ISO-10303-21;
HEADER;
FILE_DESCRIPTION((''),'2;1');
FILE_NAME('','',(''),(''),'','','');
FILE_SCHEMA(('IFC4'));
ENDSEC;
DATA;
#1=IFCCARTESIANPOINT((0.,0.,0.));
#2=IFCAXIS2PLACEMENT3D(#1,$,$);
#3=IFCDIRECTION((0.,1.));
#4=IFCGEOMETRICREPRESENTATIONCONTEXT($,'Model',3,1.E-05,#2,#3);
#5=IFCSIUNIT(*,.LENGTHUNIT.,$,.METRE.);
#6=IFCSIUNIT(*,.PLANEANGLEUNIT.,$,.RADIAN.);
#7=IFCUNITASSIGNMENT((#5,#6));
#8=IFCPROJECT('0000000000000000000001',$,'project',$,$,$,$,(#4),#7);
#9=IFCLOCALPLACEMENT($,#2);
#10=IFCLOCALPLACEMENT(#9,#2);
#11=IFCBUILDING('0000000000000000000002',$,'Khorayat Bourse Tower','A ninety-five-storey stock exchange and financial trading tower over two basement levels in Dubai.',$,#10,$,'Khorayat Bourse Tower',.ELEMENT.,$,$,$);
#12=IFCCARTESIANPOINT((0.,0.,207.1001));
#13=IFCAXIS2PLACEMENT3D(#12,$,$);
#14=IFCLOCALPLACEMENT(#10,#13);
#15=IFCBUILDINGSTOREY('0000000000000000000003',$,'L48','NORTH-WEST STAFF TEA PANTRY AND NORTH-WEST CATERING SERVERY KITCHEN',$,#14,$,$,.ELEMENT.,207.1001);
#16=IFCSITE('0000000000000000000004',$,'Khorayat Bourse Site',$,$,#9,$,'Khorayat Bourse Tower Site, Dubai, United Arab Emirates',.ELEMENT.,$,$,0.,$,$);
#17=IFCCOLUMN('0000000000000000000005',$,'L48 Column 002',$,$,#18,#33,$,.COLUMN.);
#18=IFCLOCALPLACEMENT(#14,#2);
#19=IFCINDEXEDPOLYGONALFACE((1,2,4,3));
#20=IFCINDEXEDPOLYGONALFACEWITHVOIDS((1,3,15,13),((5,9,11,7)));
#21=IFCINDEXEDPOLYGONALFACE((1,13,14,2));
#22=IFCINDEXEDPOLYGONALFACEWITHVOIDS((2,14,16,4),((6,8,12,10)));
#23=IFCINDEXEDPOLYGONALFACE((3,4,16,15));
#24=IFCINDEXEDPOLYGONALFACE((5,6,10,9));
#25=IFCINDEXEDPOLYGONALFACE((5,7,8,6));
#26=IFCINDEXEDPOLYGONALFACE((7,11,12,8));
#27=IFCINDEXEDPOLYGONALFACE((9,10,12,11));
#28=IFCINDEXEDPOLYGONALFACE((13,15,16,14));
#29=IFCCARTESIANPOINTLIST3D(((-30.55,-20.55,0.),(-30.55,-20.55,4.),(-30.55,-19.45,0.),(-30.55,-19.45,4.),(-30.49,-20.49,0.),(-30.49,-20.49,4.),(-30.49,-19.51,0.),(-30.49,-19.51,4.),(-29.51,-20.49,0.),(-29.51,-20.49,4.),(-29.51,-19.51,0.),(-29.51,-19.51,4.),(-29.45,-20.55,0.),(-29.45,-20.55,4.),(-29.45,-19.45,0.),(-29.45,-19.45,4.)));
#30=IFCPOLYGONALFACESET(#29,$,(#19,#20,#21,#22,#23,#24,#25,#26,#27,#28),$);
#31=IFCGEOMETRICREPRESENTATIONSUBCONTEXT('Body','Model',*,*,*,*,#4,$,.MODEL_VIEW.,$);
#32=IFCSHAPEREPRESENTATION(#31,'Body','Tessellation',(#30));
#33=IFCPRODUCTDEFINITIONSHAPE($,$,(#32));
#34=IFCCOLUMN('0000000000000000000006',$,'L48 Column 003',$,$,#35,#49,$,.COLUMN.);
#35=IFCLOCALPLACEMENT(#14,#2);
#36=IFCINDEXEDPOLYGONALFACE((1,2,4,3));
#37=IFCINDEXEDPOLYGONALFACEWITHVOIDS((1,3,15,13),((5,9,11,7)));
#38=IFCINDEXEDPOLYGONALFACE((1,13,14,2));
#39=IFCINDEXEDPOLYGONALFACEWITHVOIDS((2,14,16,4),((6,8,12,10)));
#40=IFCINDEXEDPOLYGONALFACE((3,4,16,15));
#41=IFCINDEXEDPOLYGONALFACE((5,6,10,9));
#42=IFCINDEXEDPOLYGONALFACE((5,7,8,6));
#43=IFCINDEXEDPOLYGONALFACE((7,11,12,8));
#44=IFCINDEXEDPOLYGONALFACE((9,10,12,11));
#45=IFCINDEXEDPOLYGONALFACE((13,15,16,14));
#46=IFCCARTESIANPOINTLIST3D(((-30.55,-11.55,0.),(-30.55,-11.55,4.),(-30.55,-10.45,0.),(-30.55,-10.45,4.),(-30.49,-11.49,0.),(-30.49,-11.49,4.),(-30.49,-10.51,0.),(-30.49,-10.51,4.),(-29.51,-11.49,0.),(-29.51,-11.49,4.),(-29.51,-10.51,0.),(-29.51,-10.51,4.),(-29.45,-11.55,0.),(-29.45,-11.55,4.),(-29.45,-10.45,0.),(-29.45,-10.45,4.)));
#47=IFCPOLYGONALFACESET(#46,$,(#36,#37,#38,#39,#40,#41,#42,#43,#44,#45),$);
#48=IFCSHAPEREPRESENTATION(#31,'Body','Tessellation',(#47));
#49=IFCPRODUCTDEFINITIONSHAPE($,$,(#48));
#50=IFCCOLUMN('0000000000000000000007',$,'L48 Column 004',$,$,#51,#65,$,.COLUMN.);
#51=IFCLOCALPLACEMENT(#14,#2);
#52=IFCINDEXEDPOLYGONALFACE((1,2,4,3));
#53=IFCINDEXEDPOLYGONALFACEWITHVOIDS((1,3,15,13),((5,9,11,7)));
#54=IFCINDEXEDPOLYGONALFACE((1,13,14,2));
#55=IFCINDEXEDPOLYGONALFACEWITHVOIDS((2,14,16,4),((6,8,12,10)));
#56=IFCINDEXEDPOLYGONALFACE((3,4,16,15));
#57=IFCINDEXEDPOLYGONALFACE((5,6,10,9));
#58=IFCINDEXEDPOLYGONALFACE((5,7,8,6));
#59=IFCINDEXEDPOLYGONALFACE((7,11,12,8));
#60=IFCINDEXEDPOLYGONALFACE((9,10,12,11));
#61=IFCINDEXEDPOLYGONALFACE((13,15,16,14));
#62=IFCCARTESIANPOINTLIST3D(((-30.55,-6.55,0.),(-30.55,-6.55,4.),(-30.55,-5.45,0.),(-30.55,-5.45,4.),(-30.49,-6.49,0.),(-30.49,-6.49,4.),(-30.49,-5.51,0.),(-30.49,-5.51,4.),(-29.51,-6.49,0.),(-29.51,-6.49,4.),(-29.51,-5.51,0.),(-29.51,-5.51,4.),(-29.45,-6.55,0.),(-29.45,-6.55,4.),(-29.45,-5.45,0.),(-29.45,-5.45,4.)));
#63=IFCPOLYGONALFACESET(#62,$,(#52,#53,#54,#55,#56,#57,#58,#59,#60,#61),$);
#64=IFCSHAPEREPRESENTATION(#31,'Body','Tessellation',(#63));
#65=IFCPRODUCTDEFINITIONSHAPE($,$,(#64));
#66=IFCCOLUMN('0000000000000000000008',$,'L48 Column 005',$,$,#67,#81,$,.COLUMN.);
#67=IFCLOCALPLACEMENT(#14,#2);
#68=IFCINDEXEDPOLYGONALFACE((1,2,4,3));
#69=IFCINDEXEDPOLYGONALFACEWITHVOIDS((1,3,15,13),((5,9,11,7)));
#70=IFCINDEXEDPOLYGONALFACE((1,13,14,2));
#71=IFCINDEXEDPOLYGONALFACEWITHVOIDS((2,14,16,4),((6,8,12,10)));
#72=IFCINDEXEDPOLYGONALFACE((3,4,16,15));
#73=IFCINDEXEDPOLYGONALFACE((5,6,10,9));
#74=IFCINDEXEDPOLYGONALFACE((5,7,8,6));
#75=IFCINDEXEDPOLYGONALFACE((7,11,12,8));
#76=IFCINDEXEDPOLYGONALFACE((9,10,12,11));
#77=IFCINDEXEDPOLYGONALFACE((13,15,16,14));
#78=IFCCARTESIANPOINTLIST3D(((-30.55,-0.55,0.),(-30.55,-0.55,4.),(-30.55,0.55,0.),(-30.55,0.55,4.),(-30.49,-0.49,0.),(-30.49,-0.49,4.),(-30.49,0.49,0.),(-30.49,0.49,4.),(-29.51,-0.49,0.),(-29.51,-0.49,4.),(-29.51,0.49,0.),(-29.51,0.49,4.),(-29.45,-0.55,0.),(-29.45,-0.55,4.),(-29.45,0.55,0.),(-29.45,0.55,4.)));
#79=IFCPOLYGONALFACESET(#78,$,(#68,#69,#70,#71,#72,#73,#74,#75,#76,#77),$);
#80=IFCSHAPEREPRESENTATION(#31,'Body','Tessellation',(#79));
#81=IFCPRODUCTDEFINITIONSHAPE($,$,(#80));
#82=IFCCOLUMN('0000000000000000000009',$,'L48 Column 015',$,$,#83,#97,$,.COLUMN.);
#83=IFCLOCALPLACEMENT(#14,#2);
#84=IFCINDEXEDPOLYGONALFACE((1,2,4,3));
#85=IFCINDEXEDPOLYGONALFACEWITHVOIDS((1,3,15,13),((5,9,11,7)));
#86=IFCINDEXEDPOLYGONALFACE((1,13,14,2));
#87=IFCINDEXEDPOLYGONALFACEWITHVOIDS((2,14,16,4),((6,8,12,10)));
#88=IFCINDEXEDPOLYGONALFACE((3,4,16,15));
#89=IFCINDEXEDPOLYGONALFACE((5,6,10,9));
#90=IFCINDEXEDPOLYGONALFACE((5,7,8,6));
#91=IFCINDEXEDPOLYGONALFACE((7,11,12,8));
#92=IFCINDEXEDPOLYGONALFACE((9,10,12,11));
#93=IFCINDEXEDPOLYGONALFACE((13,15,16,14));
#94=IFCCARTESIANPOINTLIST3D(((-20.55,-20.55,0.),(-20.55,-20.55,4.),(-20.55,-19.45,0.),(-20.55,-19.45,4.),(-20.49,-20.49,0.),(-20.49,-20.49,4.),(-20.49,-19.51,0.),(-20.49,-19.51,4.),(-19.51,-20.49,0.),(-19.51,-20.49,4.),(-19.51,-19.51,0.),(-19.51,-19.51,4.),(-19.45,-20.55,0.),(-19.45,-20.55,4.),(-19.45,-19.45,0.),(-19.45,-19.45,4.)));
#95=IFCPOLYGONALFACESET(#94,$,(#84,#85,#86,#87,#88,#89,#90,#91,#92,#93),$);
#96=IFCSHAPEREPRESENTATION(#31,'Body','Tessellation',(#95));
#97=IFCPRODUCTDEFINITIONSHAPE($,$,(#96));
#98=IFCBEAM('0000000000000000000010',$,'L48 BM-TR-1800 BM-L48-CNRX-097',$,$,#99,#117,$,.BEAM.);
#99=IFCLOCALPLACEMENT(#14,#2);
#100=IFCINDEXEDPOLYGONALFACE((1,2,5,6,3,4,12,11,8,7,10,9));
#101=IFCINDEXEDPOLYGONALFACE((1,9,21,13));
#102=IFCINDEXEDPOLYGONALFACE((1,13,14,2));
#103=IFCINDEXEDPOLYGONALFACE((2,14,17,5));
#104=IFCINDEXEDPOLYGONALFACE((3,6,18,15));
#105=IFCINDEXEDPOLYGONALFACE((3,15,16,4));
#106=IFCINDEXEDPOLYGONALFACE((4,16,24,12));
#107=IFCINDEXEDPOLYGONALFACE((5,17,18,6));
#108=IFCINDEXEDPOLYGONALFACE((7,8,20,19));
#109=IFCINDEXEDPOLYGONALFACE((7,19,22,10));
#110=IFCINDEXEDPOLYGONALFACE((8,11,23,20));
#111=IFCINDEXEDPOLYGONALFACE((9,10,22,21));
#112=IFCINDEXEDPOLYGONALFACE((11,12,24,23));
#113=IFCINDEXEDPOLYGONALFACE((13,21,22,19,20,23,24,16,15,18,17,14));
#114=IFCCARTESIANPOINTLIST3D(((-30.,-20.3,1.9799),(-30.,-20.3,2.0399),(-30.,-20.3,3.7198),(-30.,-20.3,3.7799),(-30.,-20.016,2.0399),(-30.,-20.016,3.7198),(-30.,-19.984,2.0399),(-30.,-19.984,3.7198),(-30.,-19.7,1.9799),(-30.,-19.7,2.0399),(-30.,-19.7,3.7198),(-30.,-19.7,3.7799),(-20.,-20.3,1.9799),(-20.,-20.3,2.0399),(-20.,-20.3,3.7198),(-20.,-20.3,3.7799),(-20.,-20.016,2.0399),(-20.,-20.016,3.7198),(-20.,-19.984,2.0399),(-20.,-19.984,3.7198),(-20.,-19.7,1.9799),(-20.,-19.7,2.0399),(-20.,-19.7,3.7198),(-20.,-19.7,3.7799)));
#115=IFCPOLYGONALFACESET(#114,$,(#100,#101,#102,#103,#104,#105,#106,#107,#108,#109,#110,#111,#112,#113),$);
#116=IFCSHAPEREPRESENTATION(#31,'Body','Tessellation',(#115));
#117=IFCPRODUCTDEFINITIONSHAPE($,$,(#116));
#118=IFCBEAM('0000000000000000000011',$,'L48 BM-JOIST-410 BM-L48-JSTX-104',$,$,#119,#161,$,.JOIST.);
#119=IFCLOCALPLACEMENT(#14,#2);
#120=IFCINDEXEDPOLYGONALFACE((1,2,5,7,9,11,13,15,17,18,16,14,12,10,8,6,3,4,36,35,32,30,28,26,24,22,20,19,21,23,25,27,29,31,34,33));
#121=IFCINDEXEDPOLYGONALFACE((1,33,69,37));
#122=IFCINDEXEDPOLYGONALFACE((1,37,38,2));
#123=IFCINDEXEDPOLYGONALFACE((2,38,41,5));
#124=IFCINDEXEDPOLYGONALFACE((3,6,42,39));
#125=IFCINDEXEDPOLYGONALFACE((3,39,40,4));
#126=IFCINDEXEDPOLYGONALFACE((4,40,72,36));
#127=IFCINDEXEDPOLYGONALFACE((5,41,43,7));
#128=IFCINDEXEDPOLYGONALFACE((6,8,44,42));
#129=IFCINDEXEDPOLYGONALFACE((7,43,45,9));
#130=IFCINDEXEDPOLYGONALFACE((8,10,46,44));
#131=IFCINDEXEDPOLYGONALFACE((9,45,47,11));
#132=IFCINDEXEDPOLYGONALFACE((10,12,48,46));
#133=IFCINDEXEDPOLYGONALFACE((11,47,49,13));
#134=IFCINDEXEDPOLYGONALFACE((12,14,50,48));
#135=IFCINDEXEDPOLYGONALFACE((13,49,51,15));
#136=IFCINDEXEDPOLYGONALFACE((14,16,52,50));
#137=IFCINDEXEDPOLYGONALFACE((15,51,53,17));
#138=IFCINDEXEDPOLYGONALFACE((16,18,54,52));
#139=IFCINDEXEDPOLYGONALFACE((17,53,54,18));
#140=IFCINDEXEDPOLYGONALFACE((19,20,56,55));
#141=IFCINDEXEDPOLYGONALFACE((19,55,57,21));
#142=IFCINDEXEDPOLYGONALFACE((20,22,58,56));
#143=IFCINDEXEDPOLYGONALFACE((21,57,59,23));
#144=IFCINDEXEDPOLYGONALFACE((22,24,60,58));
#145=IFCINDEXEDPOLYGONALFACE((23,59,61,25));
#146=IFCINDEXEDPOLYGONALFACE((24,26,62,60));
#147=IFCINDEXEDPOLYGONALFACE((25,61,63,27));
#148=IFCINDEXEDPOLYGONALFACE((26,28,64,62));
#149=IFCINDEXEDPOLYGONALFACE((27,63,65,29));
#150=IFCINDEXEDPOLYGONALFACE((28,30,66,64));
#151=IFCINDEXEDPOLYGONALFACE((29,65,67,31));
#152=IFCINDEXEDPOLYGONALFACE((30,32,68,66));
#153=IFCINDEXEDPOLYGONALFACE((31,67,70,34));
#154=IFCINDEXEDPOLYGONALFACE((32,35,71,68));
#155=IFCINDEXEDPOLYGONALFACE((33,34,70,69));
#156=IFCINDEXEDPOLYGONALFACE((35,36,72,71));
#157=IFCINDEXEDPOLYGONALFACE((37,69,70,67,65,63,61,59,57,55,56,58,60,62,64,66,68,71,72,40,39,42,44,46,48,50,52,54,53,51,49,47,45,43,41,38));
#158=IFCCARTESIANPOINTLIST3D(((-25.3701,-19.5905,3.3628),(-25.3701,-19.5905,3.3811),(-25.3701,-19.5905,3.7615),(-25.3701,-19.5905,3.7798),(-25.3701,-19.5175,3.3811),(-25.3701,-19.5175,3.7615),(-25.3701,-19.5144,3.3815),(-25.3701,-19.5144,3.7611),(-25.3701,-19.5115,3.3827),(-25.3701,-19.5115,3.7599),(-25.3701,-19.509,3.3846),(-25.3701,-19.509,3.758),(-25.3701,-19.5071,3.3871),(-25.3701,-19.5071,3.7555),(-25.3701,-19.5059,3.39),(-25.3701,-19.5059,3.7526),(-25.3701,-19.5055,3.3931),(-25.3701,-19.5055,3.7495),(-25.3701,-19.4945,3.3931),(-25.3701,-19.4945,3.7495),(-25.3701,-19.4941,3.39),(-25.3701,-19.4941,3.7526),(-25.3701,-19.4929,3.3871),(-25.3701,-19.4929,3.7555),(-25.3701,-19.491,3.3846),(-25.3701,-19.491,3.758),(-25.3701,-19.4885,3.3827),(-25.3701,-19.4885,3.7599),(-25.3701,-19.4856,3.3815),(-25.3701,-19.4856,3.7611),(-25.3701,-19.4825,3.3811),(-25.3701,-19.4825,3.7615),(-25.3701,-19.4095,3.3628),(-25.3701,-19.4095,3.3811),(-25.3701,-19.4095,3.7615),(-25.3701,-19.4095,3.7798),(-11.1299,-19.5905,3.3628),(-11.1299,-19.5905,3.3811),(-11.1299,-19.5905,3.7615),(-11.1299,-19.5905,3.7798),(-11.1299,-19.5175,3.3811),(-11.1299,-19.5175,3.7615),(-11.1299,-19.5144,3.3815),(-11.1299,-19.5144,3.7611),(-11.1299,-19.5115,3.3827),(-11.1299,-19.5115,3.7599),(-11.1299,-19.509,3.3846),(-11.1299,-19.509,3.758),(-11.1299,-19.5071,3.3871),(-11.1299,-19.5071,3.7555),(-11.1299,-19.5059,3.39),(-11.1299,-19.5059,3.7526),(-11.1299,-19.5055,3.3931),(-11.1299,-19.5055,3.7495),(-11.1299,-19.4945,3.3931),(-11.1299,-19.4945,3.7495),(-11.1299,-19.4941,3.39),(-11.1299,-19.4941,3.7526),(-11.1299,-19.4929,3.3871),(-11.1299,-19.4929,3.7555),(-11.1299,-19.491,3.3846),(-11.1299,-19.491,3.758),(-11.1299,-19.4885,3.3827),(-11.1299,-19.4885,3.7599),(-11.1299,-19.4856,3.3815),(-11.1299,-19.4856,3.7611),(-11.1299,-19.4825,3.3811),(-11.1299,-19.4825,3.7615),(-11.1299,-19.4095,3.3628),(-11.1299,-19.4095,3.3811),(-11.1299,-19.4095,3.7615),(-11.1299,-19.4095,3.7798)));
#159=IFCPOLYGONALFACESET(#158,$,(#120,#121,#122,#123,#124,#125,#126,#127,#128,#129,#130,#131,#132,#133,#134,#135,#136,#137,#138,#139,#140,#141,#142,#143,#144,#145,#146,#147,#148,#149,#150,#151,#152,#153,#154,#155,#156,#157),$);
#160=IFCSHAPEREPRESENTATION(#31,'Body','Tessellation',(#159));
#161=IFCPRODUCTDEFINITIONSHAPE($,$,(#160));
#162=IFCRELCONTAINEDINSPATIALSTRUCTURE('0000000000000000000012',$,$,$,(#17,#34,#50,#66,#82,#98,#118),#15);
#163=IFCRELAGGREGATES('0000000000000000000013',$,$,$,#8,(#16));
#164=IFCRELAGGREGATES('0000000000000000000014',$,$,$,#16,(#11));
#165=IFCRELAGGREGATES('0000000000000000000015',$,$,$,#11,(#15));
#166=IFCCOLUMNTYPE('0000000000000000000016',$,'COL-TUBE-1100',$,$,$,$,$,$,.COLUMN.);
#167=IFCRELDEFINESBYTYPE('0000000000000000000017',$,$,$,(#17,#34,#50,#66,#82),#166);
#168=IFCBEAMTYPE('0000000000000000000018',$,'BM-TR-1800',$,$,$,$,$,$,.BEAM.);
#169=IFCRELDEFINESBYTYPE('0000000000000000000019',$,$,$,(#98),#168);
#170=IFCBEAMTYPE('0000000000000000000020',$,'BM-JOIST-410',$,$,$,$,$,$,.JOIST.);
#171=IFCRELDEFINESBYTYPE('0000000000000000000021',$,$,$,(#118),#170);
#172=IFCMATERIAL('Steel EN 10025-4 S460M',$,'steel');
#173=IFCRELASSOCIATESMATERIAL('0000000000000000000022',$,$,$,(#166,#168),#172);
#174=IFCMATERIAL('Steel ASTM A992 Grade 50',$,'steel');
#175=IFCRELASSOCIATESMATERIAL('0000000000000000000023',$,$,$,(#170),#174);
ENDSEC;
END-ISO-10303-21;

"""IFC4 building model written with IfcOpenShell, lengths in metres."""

from ifc_helpers import new_model, si_unit, direction, frame, origin, origin_2d, place, context, subcontext, project, spatial, hollow_rectangle, i_section, extrude, source, transform, mapped, material, material_profile, profile_set, type_object, element, save


model = new_model("IFC4")

# Units and contexts
model_context = context("Model", 3, precision=1e-05, world=origin(), true_north=direction((0.0, 1.0)))
body_context = subcontext(model_context, "Body", "Model", "MODEL_VIEW")
ifc_project = project(units=[si_unit("LENGTHUNIT", "METRE"), si_unit("PLANEANGLEUNIT", "RADIAN")], contexts=[model_context])

# Site, building, storey
site_placement = place(None, origin())
site = spatial("IfcSite", under=ifc_project, at=site_placement, Name="Khorayat Bourse Site", LongName="Khorayat Bourse Tower Site, Dubai, United Arab Emirates", CompositionType="ELEMENT", RefElevation=0.0)
building_placement = place(site_placement, origin())
building = spatial("IfcBuilding", under=site, at=building_placement, Name="Khorayat Bourse Tower", Description="A ninety-five-storey stock exchange and financial trading tower over two basement levels in Dubai.", LongName="Khorayat Bourse Tower", CompositionType="ELEMENT")
storey_placement = place(building_placement, frame((0.0, 0.0, 207.1001)))
storey = spatial("IfcBuildingStorey", under=building, at=storey_placement, Name="L48", Description="NORTH-WEST STAFF TEA PANTRY AND NORTH-WEST CATERING SERVERY KITCHEN", CompositionType="ELEMENT", Elevation=207.1001)

# Columns
ifc_material_1 = material(Name="Steel EN 10025-4 S460M", Category="steel")
ifc_material_profile_1 = material_profile(ifc_material_1, hollow_rectangle(XDim=1.1001, YDim=1.1001, WallThickness=0.0601, at=origin_2d()), Name="BOX 1100x1100x60")
ifc_profile_set_1 = profile_set([ifc_material_profile_1], Name="Steel EN 10025-4 S460M")
column_type = type_object("IfcColumnType", Name="COL-TUBE-1100", PredefinedType="COLUMN", material=ifc_profile_set_1)
shared_shape_1 = source(origin(), body_context, "Body", "SweptSolid", [
    extrude(hollow_rectangle(XDim=1.1001, YDim=1.1001, WallThickness=0.0601, at=origin_2d()), origin(), (0.0, 0.0, 1.0), 4.0),
])
for number, where, z_axis, x_axis, name in (
    (1, (-30.0, -20.0, 0.0), (0.0, 0.0, 1.0), (1.0, 0.0, 0.0), "L48 Column 002"),
    (2, (-30.0, -11.0, 0.0), (0.0, 0.0, 1.0), (1.0, 0.0, 0.0), "L48 Column 003"),
    (3, (-30.0, -6.0, 0.0), (0.0, 0.0, 1.0), (1.0, 0.0, 0.0), "L48 Column 004"),
    (4, (-30.0, 0.0, 0.0), (0.0, 0.0, 1.0), (1.0, 0.0, 0.0), "L48 Column 005"),
    (5, (-20.0, -20.0, 0.0), (0.0, 0.0, 1.0), (1.0, 0.0, 0.0), "L48 Column 015"),
):
    element("IfcColumn", number, at=place(storey_placement, frame(where, z_axis=z_axis, x_axis=x_axis)), inside=storey, type_object=column_type, Name=name, PredefinedType="COLUMN", context=body_context, shape_type="MappedRepresentation", body=[
        mapped(shared_shape_1, transform((0.0, 0.0, 0.0), scale=1.0)),
    ])

# Beams
ifc_material_profile_2 = material_profile(ifc_material_1, i_section(OverallWidth=0.6001, OverallDepth=1.8, WebThickness=0.032, FlangeThickness=0.0601, at=origin_2d()), Name="PG 1800x600x32x60")
ifc_profile_set_2 = profile_set([ifc_material_profile_2], Name="Steel EN 10025-4 S460M")
beam_type_1 = type_object("IfcBeamType", Name="BM-TR-1800", PredefinedType="BEAM", material=ifc_profile_set_2)
shared_shape_2 = source(origin(), body_context, "Body", "SweptSolid", [
    extrude(i_section(OverallWidth=0.6001, OverallDepth=1.8, WebThickness=0.032, FlangeThickness=0.0601, at=origin_2d()), origin(), (0.0, 0.0, 1.0), 10.0),
])
beam_1_placement = place(storey_placement, frame((-30.0, -20.0, 2.8799), z_axis=(1.0, 0.0, 0.0), x_axis=(0.0, 1.0, 0.0)))
element("IfcBeam", 6, at=beam_1_placement, inside=storey, type_object=beam_type_1, Name="L48 BM-TR-1800 BM-L48-CNRX-097", PredefinedType="BEAM", context=body_context, shape_type="MappedRepresentation", body=[
    mapped(shared_shape_2, transform((0.0, 0.0, 0.0), scale=1.0)),
])
ifc_material_2 = material(Name="Steel ASTM A992 Grade 50", Category="steel")
ifc_material_profile_3 = material_profile(ifc_material_2, i_section(OverallWidth=0.1809, OverallDepth=0.417, WebThickness=0.011, FlangeThickness=0.0183, FilletRadius=0.012, at=origin_2d()), Name="W410X85")
ifc_profile_set_3 = profile_set([ifc_material_profile_3], Name="Steel ASTM A992 Grade 50")
beam_type_2 = type_object("IfcBeamType", Name="BM-JOIST-410", PredefinedType="JOIST", material=ifc_profile_set_3)
shared_shape_3 = source(origin(), body_context, "Body", "SweptSolid", [
    extrude(i_section(OverallWidth=0.1809, OverallDepth=0.417, WebThickness=0.011, FlangeThickness=0.0183, FilletRadius=0.012, at=origin_2d()), origin(), (0.0, 0.0, 1.0), 14.2402),
])
beam_2_placement = place(storey_placement, frame((-25.3701, -19.5, 3.5713), z_axis=(1.0, 0.0, 0.0), x_axis=(0.0, 1.0, 0.0)))
element("IfcBeam", 7, at=beam_2_placement, inside=storey, type_object=beam_type_2, Name="L48 BM-JOIST-410 BM-L48-JSTX-104", PredefinedType="JOIST", context=body_context, shape_type="MappedRepresentation", body=[
    mapped(shared_shape_3, transform((0.0, 0.0, 0.0), scale=1.0)),
])

save(model, "model.ifc")
